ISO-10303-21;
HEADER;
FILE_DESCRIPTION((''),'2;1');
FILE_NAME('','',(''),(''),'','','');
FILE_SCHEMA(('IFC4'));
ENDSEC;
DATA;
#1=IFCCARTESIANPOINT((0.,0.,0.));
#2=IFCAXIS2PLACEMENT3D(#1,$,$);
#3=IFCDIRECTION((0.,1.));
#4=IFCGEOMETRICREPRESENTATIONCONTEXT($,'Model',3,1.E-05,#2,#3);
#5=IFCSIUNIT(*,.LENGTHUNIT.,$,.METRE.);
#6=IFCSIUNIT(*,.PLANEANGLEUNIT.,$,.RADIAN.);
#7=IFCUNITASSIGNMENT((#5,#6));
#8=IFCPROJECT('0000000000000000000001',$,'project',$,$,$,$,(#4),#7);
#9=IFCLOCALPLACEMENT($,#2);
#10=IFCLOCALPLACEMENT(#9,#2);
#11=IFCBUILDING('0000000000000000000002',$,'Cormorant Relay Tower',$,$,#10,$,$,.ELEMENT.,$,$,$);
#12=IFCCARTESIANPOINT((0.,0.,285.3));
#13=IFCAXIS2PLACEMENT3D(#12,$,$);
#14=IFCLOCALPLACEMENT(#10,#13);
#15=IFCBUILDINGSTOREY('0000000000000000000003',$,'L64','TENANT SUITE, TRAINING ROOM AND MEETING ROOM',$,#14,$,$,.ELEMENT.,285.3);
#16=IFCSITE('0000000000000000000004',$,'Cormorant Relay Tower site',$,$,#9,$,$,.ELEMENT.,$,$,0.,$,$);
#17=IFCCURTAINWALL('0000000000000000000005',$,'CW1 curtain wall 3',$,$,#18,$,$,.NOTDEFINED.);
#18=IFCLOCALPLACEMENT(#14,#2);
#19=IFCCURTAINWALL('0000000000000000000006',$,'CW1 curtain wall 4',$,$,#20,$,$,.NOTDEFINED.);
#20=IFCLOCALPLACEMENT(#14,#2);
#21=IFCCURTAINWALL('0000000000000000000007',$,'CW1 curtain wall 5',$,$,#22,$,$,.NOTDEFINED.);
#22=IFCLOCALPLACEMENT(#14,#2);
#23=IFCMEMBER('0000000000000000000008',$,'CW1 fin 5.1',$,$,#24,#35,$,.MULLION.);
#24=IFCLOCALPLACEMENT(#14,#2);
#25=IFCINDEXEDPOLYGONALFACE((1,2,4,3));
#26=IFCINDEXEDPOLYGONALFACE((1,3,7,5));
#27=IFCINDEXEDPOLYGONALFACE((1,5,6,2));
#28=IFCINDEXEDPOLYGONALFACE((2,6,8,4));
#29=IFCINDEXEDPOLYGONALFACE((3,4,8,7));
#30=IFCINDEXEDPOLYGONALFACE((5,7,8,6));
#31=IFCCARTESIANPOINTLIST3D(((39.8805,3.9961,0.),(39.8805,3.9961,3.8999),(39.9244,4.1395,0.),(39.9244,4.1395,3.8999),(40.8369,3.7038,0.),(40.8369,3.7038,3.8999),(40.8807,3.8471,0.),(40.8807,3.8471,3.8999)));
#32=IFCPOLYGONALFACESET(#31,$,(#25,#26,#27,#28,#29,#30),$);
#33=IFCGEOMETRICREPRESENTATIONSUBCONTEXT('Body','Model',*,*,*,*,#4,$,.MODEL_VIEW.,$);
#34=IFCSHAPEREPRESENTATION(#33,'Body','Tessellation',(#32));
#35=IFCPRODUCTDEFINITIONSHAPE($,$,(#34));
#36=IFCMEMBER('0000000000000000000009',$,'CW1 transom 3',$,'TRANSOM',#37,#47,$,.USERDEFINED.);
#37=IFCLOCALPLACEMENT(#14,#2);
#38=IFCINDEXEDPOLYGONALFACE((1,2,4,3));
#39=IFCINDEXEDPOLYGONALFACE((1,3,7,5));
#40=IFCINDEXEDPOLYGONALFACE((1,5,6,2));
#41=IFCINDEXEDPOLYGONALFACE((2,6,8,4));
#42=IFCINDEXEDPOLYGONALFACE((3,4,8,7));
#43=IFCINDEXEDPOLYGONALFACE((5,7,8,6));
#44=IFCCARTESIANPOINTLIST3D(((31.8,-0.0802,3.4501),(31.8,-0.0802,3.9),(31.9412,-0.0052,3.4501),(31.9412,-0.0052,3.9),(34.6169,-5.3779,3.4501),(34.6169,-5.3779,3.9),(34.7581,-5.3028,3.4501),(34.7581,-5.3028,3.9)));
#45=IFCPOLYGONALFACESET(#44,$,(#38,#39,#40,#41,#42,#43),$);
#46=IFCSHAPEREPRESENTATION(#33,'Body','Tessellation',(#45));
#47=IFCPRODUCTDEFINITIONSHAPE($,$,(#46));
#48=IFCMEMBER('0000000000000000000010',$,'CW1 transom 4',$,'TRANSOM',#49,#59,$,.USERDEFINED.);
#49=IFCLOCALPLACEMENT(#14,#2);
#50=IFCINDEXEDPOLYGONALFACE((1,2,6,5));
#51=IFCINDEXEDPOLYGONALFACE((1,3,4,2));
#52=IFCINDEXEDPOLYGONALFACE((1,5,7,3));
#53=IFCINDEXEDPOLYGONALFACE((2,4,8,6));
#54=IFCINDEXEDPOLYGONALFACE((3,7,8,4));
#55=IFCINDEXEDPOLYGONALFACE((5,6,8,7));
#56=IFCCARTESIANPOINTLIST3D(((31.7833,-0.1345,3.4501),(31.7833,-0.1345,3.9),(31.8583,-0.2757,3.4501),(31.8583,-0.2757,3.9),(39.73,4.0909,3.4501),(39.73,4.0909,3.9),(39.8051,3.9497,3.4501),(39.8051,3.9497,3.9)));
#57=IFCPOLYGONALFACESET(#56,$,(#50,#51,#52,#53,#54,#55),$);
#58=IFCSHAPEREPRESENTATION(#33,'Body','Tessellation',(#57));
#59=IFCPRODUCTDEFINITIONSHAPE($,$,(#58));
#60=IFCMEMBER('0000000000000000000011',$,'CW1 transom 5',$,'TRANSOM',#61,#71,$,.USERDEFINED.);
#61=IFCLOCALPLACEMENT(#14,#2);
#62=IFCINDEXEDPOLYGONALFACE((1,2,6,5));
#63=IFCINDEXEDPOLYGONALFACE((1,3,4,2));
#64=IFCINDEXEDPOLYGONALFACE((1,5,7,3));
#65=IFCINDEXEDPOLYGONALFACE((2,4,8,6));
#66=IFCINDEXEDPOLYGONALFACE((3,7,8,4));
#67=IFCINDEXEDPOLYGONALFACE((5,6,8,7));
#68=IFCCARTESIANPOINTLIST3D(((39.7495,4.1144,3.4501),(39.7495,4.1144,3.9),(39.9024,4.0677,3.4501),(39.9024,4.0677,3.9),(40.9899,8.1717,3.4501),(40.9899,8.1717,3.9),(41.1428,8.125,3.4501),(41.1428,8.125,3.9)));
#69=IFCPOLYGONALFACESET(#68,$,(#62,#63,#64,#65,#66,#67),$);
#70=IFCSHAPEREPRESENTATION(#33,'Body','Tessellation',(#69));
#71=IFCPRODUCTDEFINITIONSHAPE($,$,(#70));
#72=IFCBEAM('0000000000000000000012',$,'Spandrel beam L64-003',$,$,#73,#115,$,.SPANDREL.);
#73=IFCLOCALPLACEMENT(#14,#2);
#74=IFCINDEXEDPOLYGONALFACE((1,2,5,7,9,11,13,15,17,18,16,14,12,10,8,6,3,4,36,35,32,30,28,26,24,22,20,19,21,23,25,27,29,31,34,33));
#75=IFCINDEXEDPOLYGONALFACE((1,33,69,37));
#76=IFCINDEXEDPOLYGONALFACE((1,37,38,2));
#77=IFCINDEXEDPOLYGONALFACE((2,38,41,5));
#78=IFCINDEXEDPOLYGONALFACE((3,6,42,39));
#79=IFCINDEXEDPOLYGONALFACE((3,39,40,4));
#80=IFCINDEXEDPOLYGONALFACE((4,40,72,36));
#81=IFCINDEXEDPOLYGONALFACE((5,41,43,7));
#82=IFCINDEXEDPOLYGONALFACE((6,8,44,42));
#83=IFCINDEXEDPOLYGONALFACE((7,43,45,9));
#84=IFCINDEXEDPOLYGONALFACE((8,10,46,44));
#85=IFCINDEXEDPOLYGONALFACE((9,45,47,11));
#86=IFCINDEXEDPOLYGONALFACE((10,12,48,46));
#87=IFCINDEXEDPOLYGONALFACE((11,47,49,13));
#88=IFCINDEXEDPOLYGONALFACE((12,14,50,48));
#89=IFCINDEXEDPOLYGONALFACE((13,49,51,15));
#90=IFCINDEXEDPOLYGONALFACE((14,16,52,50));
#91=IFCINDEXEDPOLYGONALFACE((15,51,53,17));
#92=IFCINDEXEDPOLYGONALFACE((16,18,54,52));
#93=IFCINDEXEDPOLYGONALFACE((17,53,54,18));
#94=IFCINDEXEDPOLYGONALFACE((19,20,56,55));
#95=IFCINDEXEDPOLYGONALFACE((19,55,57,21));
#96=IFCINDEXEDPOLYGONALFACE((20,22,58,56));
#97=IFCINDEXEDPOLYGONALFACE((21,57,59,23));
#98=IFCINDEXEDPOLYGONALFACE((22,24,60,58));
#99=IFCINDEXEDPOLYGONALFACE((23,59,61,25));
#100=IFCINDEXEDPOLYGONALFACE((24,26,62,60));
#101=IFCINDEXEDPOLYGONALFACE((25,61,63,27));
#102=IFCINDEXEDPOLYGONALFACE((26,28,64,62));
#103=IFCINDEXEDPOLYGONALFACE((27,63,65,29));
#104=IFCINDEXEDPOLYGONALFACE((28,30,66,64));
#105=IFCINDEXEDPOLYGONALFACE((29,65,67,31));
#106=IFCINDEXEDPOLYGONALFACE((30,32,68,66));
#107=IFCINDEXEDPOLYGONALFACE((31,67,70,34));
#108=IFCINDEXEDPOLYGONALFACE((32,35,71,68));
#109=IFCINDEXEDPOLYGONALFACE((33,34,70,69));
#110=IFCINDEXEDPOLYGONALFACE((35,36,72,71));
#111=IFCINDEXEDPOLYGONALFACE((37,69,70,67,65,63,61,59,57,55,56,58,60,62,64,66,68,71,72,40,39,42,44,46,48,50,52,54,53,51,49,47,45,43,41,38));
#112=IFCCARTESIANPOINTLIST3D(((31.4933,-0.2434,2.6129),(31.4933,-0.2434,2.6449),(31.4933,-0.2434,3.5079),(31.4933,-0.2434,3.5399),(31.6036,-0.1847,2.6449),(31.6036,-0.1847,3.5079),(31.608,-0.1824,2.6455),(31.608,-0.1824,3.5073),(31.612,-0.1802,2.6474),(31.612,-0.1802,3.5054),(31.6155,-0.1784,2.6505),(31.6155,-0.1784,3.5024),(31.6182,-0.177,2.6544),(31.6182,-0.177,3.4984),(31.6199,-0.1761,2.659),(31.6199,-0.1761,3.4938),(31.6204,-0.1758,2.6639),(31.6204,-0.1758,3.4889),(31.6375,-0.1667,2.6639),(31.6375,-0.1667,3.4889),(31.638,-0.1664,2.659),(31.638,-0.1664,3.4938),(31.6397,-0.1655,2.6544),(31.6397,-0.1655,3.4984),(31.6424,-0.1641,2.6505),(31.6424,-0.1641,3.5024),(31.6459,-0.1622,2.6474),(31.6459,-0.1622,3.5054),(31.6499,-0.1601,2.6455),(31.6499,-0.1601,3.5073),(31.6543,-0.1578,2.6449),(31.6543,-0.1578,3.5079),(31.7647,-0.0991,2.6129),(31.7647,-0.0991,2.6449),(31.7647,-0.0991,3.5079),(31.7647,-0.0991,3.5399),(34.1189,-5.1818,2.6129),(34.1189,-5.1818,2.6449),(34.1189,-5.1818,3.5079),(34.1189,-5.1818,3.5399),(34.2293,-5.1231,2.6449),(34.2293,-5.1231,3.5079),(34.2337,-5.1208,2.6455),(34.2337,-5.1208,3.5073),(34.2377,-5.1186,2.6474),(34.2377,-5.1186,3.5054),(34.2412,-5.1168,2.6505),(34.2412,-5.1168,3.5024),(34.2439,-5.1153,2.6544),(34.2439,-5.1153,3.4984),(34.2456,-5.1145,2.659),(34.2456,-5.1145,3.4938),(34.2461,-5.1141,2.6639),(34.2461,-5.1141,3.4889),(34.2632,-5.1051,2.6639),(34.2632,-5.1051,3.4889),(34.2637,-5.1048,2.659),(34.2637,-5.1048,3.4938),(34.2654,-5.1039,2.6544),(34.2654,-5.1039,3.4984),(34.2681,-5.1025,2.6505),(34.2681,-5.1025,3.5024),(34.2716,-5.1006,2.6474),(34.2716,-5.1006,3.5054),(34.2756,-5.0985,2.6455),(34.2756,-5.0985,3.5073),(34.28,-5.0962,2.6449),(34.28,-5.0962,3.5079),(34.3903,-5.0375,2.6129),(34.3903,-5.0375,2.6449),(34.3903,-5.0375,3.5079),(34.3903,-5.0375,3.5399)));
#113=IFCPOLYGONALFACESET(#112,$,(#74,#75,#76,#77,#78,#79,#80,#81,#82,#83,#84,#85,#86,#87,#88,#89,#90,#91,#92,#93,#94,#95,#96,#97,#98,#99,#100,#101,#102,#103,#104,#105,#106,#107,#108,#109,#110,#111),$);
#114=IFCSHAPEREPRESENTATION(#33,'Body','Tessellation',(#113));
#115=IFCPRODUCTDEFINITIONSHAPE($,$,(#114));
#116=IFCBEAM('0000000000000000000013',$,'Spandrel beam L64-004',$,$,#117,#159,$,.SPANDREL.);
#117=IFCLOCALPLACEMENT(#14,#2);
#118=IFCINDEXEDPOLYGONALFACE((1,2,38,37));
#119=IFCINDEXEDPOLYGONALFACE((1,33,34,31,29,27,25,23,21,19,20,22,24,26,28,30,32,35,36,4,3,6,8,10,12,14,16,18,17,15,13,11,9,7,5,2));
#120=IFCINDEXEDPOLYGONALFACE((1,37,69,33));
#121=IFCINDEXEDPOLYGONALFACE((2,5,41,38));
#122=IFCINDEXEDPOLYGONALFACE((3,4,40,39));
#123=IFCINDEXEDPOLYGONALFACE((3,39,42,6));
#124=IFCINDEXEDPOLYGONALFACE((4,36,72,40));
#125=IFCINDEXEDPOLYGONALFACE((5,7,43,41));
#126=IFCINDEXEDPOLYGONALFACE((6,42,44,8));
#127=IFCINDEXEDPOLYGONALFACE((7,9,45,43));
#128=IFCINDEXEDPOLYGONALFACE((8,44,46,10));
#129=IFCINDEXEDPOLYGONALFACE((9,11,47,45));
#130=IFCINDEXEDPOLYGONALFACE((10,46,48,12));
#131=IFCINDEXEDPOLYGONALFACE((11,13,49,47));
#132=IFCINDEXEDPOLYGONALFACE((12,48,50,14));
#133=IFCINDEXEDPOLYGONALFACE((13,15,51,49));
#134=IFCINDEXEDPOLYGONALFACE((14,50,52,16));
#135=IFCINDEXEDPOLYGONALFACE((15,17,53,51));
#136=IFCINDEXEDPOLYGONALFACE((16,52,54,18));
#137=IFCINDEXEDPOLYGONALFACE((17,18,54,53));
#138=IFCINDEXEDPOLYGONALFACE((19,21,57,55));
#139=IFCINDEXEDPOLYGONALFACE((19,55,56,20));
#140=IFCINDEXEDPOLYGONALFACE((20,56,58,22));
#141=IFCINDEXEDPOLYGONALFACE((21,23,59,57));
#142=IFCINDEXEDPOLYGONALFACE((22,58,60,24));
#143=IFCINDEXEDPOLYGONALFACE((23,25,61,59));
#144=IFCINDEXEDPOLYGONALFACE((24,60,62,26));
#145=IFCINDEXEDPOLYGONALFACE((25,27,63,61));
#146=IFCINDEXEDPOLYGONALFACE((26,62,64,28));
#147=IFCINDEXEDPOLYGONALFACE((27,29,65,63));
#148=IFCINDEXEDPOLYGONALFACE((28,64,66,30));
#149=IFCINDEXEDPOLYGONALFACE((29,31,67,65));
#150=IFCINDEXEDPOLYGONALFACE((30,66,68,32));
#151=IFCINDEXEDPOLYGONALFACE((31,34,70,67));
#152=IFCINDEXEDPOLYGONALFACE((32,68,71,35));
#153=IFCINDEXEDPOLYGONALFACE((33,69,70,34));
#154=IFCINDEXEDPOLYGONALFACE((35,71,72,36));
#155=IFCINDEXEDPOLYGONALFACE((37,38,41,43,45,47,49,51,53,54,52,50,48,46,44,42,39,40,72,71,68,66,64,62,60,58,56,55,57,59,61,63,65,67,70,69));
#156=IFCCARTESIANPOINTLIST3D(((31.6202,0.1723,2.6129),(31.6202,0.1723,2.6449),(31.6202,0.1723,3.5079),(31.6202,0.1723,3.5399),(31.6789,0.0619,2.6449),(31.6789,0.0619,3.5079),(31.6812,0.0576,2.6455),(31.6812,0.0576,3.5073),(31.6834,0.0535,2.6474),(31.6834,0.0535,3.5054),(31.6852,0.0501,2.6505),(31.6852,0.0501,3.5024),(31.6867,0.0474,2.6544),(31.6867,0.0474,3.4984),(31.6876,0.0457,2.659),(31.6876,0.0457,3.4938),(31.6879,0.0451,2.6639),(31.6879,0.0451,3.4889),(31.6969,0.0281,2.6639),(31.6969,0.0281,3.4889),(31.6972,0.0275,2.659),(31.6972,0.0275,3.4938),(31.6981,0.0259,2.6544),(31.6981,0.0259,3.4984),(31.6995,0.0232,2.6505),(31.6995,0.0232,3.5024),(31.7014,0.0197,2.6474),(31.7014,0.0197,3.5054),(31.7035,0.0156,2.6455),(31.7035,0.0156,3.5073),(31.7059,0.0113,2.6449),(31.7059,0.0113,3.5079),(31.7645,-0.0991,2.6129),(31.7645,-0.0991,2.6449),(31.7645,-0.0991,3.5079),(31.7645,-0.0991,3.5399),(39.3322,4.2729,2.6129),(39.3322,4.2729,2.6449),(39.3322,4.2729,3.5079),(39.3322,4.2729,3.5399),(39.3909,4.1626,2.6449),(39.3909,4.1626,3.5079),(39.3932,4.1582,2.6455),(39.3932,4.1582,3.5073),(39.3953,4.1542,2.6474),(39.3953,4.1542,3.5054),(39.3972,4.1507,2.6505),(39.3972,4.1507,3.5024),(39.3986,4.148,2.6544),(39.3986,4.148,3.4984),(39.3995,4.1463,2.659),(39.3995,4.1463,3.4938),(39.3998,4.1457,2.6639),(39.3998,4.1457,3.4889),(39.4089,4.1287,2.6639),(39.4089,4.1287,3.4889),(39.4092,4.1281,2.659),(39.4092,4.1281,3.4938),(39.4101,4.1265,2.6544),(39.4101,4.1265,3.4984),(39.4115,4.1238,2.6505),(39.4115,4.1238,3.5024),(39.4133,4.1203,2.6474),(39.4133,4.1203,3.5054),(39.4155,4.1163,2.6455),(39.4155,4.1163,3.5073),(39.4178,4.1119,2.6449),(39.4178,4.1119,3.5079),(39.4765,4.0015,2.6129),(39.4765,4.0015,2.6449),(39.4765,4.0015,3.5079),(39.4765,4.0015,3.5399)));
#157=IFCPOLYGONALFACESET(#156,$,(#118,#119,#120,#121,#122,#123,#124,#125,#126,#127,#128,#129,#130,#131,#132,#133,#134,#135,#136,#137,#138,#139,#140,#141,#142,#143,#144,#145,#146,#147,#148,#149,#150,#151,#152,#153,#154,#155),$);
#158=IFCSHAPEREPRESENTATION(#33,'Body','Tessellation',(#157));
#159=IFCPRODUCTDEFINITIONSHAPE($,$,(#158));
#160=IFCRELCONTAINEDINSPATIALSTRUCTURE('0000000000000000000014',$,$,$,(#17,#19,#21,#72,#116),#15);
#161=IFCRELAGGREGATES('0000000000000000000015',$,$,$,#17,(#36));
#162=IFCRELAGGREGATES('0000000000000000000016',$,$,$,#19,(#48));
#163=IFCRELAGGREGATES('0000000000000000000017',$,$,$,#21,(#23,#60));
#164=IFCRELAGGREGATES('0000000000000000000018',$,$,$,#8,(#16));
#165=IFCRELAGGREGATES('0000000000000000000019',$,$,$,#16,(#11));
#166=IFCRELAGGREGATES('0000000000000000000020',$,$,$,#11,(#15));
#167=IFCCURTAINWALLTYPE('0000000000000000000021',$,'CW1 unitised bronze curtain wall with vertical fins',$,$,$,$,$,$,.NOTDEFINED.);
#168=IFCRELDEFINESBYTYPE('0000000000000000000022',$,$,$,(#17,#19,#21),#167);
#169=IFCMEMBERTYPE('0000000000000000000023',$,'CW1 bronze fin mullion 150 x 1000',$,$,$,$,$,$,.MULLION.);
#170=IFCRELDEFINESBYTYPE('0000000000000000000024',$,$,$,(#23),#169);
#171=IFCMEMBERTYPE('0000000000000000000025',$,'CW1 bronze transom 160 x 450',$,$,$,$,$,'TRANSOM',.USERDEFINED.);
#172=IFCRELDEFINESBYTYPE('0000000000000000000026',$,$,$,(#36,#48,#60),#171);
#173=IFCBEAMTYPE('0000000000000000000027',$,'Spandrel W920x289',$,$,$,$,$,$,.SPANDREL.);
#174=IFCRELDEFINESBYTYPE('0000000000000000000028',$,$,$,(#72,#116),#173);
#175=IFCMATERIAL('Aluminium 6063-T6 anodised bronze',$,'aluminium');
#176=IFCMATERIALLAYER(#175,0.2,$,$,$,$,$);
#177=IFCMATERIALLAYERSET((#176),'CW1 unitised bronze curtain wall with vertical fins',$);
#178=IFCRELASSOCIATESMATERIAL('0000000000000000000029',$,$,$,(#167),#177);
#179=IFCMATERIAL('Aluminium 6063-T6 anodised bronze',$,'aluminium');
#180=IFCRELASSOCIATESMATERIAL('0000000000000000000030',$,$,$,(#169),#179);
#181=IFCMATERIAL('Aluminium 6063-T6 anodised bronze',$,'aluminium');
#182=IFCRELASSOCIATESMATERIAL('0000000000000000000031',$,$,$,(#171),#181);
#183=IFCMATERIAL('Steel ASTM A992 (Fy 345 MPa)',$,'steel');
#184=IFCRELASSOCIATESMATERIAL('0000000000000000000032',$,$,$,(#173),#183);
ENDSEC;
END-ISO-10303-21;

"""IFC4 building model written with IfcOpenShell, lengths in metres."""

from ifc_helpers import new_model, si_unit, direction, frame, origin, origin_2d, place, context, subcontext, project, spatial, rectangle, i_section, extrude, material, layer, layer_set, material_profile, profile_set, type_object, element, aggregate, save


model = new_model("IFC4")

# Units and contexts
model_context = context("Model", 3, precision=1e-05, world=origin(), true_north=direction((0.0, 1.0)))
body_context = subcontext(model_context, "Body", "Model", "MODEL_VIEW")
ifc_project = project(units=[si_unit("LENGTHUNIT", "METRE"), si_unit("PLANEANGLEUNIT", "RADIAN")], contexts=[model_context])

# Site, building, storey
site_placement = place(None, origin())
site = spatial("IfcSite", under=ifc_project, at=site_placement, Name="Cormorant Relay Tower site", CompositionType="ELEMENT", RefElevation=0.0)
building_placement = place(site_placement, origin())
building = spatial("IfcBuilding", under=site, at=building_placement, Name="Cormorant Relay Tower", CompositionType="ELEMENT")
storey_placement = place(building_placement, frame((0.0, 0.0, 285.3)))
storey = spatial("IfcBuildingStorey", under=building, at=storey_placement, Name="L64", Description="TENANT SUITE, TRAINING ROOM AND MEETING ROOM", CompositionType="ELEMENT", Elevation=285.3)

# Curtain wall
ifc_material_1 = material(Name="Aluminium 6063-T6 anodised bronze", Category="aluminium")
ifc_layer_1 = layer(ifc_material_1, 0.2)
ifc_layer_set_1 = layer_set([ifc_layer_1], Name="CW1 unitised bronze curtain wall with vertical fins")
curtain_wall_type = type_object("IfcCurtainWallType", Name="CW1 unitised bronze curtain wall with vertical fins", PredefinedType="NOTDEFINED", material=ifc_layer_set_1)
ifc_material_2 = material(Name="Aluminium 6063-T6 anodised bronze", Category="aluminium")
ifc_material_profile_1 = material_profile(ifc_material_2, rectangle(XDim=0.1499, YDim=1.0, at=origin_2d()), Name="AL 150x1000")
ifc_profile_set_1 = profile_set([ifc_material_profile_1], Name="Aluminium 6063-T6 anodised bronze")
member_type_1 = type_object("IfcMemberType", Name="CW1 bronze fin mullion 150 x 1000", PredefinedType="MULLION", material=ifc_profile_set_1)
curtain_wall_1_placement = place(storey_placement, origin())
curtain_wall_1 = element("IfcCurtainWall", 1, at=curtain_wall_1_placement, inside=storey, type_object=curtain_wall_type, Name="CW1 curtain wall 3", PredefinedType="NOTDEFINED")

# Curtain wall
curtain_wall_2_placement = place(storey_placement, origin())
curtain_wall_2 = element("IfcCurtainWall", 2, at=curtain_wall_2_placement, inside=storey, type_object=curtain_wall_type, Name="CW1 curtain wall 4", PredefinedType="NOTDEFINED")

# Curtain wall, member
curtain_wall_3_placement = place(storey_placement, origin())
curtain_wall_3 = element("IfcCurtainWall", 3, at=curtain_wall_3_placement, inside=storey, type_object=curtain_wall_type, Name="CW1 curtain wall 5", PredefinedType="NOTDEFINED")
member_1_placement = place(storey_placement, frame((40.3806, 3.9216, 0.0), z_axis=(0.0, 0.0, 1.0), x_axis=(0.292372, 0.956305, 0.0)))
member_1 = element("IfcMember", 4, at=member_1_placement, type_object=member_type_1, Name="CW1 fin 5.1", PredefinedType="MULLION", context=body_context, shape_type="SweptSolid", body=[
    extrude(rectangle(XDim=0.1499, YDim=1.0, at=origin_2d()), origin(), (0.0, 0.0, 1.0), 3.8999),
])

# Members
ifc_material_3 = material(Name="Aluminium 6063-T6 anodised bronze", Category="aluminium")
ifc_material_profile_2 = material_profile(ifc_material_3, rectangle(XDim=0.1599, YDim=0.45, at=origin_2d()), Name="AL 160x450")
ifc_profile_set_2 = profile_set([ifc_material_profile_2], Name="Aluminium 6063-T6 anodised bronze")
member_type_2 = type_object("IfcMemberType", Name="CW1 bronze transom 160 x 450", ElementType="TRANSOM", PredefinedType="USERDEFINED", material=ifc_profile_set_2)
member_2_placement = place(storey_placement, frame((34.6875, -5.3403, 3.675), z_axis=(-0.469485, 0.88294, 0.0), x_axis=(-0.88294, -0.469485, 0.0)))
member_2 = element("IfcMember", 5, at=member_2_placement, type_object=member_type_2, Name="CW1 transom 3", ObjectType="TRANSOM", PredefinedType="USERDEFINED", context=body_context, shape_type="SweptSolid", body=[
    extrude(rectangle(XDim=0.1599, YDim=0.45, at=origin_2d()), origin(), (0.0, 0.0, 1.0), 6.0),
])
member_3_placement = place(storey_placement, frame((31.8208, -0.2051, 3.675), z_axis=(0.882949, 0.469469, 0.0), x_axis=(-0.469469, 0.882949, 0.0)))
member_3 = element("IfcMember", 6, at=member_3_placement, type_object=member_type_2, Name="CW1 transom 4", ObjectType="TRANSOM", PredefinedType="USERDEFINED", context=body_context, shape_type="SweptSolid", body=[
    extrude(rectangle(XDim=0.1599, YDim=0.45, at=origin_2d()), origin(), (0.0, 0.0, 1.0), 9.0002),
])
member_4_placement = place(storey_placement, frame((39.8259, 4.0911, 3.675), z_axis=(0.292375, 0.956304, 0.0), x_axis=(-0.956304, 0.292375, 0.0)))
member_4 = element("IfcMember", 7, at=member_4_placement, type_object=member_type_2, Name="CW1 transom 5", ObjectType="TRANSOM", PredefinedType="USERDEFINED", context=body_context, shape_type="SweptSolid", body=[
    extrude(rectangle(XDim=0.1599, YDim=0.45, at=origin_2d()), origin(), (0.0, 0.0, 1.0), 4.2427),
])

# Beams
ifc_material_4 = material(Name="Steel ASTM A992 (Fy 345 MPa)", Category="steel")
ifc_material_profile_3 = material_profile(ifc_material_4, i_section(OverallWidth=0.3074, OverallDepth=0.927, WebThickness=0.0193, FlangeThickness=0.032, FilletRadius=0.019, at=origin_2d()), Name="W920x289")
ifc_profile_set_3 = profile_set([ifc_material_profile_3], Name="Steel ASTM A992 (Fy 345 MPa)")
beam_type = type_object("IfcBeamType", Name="Spandrel W920x289", PredefinedType="SPANDREL", material=ifc_profile_set_3)
beam_1_placement = place(storey_placement, frame((34.2546, -5.1096, 3.0764), z_axis=(-0.469457, 0.882955, 0.0), x_axis=(-0.882955, -0.469457, 0.0)))
element("IfcBeam", 8, at=beam_1_placement, inside=storey, type_object=beam_type, Name="Spandrel beam L64-003", PredefinedType="SPANDREL", context=body_context, shape_type="SweptSolid", body=[
    extrude(i_section(OverallWidth=0.3074, OverallDepth=0.927, WebThickness=0.0193, FlangeThickness=0.032, FilletRadius=0.019, at=origin_2d()), origin(), (0.0, 0.0, 1.0), 5.593),
])
beam_2_placement = place(storey_placement, frame((31.6924, 0.0366, 3.0764), z_axis=(0.882943, 0.469479, 0.0), x_axis=(-0.469479, 0.882943, 0.0)))
element("IfcBeam", 9, at=beam_2_placement, inside=storey, type_object=beam_type, Name="Spandrel beam L64-004", PredefinedType="SPANDREL", context=body_context, shape_type="SweptSolid", body=[
    extrude(i_section(OverallWidth=0.3074, OverallDepth=0.927, WebThickness=0.0193, FlangeThickness=0.032, FilletRadius=0.019, at=origin_2d()), origin(), (0.0, 0.0, 1.0), 8.7344),
])

aggregate(curtain_wall_1, [member_2])
aggregate(curtain_wall_2, [member_3])
aggregate(curtain_wall_3, [member_1, member_4])

save(model, "model.ifc")
